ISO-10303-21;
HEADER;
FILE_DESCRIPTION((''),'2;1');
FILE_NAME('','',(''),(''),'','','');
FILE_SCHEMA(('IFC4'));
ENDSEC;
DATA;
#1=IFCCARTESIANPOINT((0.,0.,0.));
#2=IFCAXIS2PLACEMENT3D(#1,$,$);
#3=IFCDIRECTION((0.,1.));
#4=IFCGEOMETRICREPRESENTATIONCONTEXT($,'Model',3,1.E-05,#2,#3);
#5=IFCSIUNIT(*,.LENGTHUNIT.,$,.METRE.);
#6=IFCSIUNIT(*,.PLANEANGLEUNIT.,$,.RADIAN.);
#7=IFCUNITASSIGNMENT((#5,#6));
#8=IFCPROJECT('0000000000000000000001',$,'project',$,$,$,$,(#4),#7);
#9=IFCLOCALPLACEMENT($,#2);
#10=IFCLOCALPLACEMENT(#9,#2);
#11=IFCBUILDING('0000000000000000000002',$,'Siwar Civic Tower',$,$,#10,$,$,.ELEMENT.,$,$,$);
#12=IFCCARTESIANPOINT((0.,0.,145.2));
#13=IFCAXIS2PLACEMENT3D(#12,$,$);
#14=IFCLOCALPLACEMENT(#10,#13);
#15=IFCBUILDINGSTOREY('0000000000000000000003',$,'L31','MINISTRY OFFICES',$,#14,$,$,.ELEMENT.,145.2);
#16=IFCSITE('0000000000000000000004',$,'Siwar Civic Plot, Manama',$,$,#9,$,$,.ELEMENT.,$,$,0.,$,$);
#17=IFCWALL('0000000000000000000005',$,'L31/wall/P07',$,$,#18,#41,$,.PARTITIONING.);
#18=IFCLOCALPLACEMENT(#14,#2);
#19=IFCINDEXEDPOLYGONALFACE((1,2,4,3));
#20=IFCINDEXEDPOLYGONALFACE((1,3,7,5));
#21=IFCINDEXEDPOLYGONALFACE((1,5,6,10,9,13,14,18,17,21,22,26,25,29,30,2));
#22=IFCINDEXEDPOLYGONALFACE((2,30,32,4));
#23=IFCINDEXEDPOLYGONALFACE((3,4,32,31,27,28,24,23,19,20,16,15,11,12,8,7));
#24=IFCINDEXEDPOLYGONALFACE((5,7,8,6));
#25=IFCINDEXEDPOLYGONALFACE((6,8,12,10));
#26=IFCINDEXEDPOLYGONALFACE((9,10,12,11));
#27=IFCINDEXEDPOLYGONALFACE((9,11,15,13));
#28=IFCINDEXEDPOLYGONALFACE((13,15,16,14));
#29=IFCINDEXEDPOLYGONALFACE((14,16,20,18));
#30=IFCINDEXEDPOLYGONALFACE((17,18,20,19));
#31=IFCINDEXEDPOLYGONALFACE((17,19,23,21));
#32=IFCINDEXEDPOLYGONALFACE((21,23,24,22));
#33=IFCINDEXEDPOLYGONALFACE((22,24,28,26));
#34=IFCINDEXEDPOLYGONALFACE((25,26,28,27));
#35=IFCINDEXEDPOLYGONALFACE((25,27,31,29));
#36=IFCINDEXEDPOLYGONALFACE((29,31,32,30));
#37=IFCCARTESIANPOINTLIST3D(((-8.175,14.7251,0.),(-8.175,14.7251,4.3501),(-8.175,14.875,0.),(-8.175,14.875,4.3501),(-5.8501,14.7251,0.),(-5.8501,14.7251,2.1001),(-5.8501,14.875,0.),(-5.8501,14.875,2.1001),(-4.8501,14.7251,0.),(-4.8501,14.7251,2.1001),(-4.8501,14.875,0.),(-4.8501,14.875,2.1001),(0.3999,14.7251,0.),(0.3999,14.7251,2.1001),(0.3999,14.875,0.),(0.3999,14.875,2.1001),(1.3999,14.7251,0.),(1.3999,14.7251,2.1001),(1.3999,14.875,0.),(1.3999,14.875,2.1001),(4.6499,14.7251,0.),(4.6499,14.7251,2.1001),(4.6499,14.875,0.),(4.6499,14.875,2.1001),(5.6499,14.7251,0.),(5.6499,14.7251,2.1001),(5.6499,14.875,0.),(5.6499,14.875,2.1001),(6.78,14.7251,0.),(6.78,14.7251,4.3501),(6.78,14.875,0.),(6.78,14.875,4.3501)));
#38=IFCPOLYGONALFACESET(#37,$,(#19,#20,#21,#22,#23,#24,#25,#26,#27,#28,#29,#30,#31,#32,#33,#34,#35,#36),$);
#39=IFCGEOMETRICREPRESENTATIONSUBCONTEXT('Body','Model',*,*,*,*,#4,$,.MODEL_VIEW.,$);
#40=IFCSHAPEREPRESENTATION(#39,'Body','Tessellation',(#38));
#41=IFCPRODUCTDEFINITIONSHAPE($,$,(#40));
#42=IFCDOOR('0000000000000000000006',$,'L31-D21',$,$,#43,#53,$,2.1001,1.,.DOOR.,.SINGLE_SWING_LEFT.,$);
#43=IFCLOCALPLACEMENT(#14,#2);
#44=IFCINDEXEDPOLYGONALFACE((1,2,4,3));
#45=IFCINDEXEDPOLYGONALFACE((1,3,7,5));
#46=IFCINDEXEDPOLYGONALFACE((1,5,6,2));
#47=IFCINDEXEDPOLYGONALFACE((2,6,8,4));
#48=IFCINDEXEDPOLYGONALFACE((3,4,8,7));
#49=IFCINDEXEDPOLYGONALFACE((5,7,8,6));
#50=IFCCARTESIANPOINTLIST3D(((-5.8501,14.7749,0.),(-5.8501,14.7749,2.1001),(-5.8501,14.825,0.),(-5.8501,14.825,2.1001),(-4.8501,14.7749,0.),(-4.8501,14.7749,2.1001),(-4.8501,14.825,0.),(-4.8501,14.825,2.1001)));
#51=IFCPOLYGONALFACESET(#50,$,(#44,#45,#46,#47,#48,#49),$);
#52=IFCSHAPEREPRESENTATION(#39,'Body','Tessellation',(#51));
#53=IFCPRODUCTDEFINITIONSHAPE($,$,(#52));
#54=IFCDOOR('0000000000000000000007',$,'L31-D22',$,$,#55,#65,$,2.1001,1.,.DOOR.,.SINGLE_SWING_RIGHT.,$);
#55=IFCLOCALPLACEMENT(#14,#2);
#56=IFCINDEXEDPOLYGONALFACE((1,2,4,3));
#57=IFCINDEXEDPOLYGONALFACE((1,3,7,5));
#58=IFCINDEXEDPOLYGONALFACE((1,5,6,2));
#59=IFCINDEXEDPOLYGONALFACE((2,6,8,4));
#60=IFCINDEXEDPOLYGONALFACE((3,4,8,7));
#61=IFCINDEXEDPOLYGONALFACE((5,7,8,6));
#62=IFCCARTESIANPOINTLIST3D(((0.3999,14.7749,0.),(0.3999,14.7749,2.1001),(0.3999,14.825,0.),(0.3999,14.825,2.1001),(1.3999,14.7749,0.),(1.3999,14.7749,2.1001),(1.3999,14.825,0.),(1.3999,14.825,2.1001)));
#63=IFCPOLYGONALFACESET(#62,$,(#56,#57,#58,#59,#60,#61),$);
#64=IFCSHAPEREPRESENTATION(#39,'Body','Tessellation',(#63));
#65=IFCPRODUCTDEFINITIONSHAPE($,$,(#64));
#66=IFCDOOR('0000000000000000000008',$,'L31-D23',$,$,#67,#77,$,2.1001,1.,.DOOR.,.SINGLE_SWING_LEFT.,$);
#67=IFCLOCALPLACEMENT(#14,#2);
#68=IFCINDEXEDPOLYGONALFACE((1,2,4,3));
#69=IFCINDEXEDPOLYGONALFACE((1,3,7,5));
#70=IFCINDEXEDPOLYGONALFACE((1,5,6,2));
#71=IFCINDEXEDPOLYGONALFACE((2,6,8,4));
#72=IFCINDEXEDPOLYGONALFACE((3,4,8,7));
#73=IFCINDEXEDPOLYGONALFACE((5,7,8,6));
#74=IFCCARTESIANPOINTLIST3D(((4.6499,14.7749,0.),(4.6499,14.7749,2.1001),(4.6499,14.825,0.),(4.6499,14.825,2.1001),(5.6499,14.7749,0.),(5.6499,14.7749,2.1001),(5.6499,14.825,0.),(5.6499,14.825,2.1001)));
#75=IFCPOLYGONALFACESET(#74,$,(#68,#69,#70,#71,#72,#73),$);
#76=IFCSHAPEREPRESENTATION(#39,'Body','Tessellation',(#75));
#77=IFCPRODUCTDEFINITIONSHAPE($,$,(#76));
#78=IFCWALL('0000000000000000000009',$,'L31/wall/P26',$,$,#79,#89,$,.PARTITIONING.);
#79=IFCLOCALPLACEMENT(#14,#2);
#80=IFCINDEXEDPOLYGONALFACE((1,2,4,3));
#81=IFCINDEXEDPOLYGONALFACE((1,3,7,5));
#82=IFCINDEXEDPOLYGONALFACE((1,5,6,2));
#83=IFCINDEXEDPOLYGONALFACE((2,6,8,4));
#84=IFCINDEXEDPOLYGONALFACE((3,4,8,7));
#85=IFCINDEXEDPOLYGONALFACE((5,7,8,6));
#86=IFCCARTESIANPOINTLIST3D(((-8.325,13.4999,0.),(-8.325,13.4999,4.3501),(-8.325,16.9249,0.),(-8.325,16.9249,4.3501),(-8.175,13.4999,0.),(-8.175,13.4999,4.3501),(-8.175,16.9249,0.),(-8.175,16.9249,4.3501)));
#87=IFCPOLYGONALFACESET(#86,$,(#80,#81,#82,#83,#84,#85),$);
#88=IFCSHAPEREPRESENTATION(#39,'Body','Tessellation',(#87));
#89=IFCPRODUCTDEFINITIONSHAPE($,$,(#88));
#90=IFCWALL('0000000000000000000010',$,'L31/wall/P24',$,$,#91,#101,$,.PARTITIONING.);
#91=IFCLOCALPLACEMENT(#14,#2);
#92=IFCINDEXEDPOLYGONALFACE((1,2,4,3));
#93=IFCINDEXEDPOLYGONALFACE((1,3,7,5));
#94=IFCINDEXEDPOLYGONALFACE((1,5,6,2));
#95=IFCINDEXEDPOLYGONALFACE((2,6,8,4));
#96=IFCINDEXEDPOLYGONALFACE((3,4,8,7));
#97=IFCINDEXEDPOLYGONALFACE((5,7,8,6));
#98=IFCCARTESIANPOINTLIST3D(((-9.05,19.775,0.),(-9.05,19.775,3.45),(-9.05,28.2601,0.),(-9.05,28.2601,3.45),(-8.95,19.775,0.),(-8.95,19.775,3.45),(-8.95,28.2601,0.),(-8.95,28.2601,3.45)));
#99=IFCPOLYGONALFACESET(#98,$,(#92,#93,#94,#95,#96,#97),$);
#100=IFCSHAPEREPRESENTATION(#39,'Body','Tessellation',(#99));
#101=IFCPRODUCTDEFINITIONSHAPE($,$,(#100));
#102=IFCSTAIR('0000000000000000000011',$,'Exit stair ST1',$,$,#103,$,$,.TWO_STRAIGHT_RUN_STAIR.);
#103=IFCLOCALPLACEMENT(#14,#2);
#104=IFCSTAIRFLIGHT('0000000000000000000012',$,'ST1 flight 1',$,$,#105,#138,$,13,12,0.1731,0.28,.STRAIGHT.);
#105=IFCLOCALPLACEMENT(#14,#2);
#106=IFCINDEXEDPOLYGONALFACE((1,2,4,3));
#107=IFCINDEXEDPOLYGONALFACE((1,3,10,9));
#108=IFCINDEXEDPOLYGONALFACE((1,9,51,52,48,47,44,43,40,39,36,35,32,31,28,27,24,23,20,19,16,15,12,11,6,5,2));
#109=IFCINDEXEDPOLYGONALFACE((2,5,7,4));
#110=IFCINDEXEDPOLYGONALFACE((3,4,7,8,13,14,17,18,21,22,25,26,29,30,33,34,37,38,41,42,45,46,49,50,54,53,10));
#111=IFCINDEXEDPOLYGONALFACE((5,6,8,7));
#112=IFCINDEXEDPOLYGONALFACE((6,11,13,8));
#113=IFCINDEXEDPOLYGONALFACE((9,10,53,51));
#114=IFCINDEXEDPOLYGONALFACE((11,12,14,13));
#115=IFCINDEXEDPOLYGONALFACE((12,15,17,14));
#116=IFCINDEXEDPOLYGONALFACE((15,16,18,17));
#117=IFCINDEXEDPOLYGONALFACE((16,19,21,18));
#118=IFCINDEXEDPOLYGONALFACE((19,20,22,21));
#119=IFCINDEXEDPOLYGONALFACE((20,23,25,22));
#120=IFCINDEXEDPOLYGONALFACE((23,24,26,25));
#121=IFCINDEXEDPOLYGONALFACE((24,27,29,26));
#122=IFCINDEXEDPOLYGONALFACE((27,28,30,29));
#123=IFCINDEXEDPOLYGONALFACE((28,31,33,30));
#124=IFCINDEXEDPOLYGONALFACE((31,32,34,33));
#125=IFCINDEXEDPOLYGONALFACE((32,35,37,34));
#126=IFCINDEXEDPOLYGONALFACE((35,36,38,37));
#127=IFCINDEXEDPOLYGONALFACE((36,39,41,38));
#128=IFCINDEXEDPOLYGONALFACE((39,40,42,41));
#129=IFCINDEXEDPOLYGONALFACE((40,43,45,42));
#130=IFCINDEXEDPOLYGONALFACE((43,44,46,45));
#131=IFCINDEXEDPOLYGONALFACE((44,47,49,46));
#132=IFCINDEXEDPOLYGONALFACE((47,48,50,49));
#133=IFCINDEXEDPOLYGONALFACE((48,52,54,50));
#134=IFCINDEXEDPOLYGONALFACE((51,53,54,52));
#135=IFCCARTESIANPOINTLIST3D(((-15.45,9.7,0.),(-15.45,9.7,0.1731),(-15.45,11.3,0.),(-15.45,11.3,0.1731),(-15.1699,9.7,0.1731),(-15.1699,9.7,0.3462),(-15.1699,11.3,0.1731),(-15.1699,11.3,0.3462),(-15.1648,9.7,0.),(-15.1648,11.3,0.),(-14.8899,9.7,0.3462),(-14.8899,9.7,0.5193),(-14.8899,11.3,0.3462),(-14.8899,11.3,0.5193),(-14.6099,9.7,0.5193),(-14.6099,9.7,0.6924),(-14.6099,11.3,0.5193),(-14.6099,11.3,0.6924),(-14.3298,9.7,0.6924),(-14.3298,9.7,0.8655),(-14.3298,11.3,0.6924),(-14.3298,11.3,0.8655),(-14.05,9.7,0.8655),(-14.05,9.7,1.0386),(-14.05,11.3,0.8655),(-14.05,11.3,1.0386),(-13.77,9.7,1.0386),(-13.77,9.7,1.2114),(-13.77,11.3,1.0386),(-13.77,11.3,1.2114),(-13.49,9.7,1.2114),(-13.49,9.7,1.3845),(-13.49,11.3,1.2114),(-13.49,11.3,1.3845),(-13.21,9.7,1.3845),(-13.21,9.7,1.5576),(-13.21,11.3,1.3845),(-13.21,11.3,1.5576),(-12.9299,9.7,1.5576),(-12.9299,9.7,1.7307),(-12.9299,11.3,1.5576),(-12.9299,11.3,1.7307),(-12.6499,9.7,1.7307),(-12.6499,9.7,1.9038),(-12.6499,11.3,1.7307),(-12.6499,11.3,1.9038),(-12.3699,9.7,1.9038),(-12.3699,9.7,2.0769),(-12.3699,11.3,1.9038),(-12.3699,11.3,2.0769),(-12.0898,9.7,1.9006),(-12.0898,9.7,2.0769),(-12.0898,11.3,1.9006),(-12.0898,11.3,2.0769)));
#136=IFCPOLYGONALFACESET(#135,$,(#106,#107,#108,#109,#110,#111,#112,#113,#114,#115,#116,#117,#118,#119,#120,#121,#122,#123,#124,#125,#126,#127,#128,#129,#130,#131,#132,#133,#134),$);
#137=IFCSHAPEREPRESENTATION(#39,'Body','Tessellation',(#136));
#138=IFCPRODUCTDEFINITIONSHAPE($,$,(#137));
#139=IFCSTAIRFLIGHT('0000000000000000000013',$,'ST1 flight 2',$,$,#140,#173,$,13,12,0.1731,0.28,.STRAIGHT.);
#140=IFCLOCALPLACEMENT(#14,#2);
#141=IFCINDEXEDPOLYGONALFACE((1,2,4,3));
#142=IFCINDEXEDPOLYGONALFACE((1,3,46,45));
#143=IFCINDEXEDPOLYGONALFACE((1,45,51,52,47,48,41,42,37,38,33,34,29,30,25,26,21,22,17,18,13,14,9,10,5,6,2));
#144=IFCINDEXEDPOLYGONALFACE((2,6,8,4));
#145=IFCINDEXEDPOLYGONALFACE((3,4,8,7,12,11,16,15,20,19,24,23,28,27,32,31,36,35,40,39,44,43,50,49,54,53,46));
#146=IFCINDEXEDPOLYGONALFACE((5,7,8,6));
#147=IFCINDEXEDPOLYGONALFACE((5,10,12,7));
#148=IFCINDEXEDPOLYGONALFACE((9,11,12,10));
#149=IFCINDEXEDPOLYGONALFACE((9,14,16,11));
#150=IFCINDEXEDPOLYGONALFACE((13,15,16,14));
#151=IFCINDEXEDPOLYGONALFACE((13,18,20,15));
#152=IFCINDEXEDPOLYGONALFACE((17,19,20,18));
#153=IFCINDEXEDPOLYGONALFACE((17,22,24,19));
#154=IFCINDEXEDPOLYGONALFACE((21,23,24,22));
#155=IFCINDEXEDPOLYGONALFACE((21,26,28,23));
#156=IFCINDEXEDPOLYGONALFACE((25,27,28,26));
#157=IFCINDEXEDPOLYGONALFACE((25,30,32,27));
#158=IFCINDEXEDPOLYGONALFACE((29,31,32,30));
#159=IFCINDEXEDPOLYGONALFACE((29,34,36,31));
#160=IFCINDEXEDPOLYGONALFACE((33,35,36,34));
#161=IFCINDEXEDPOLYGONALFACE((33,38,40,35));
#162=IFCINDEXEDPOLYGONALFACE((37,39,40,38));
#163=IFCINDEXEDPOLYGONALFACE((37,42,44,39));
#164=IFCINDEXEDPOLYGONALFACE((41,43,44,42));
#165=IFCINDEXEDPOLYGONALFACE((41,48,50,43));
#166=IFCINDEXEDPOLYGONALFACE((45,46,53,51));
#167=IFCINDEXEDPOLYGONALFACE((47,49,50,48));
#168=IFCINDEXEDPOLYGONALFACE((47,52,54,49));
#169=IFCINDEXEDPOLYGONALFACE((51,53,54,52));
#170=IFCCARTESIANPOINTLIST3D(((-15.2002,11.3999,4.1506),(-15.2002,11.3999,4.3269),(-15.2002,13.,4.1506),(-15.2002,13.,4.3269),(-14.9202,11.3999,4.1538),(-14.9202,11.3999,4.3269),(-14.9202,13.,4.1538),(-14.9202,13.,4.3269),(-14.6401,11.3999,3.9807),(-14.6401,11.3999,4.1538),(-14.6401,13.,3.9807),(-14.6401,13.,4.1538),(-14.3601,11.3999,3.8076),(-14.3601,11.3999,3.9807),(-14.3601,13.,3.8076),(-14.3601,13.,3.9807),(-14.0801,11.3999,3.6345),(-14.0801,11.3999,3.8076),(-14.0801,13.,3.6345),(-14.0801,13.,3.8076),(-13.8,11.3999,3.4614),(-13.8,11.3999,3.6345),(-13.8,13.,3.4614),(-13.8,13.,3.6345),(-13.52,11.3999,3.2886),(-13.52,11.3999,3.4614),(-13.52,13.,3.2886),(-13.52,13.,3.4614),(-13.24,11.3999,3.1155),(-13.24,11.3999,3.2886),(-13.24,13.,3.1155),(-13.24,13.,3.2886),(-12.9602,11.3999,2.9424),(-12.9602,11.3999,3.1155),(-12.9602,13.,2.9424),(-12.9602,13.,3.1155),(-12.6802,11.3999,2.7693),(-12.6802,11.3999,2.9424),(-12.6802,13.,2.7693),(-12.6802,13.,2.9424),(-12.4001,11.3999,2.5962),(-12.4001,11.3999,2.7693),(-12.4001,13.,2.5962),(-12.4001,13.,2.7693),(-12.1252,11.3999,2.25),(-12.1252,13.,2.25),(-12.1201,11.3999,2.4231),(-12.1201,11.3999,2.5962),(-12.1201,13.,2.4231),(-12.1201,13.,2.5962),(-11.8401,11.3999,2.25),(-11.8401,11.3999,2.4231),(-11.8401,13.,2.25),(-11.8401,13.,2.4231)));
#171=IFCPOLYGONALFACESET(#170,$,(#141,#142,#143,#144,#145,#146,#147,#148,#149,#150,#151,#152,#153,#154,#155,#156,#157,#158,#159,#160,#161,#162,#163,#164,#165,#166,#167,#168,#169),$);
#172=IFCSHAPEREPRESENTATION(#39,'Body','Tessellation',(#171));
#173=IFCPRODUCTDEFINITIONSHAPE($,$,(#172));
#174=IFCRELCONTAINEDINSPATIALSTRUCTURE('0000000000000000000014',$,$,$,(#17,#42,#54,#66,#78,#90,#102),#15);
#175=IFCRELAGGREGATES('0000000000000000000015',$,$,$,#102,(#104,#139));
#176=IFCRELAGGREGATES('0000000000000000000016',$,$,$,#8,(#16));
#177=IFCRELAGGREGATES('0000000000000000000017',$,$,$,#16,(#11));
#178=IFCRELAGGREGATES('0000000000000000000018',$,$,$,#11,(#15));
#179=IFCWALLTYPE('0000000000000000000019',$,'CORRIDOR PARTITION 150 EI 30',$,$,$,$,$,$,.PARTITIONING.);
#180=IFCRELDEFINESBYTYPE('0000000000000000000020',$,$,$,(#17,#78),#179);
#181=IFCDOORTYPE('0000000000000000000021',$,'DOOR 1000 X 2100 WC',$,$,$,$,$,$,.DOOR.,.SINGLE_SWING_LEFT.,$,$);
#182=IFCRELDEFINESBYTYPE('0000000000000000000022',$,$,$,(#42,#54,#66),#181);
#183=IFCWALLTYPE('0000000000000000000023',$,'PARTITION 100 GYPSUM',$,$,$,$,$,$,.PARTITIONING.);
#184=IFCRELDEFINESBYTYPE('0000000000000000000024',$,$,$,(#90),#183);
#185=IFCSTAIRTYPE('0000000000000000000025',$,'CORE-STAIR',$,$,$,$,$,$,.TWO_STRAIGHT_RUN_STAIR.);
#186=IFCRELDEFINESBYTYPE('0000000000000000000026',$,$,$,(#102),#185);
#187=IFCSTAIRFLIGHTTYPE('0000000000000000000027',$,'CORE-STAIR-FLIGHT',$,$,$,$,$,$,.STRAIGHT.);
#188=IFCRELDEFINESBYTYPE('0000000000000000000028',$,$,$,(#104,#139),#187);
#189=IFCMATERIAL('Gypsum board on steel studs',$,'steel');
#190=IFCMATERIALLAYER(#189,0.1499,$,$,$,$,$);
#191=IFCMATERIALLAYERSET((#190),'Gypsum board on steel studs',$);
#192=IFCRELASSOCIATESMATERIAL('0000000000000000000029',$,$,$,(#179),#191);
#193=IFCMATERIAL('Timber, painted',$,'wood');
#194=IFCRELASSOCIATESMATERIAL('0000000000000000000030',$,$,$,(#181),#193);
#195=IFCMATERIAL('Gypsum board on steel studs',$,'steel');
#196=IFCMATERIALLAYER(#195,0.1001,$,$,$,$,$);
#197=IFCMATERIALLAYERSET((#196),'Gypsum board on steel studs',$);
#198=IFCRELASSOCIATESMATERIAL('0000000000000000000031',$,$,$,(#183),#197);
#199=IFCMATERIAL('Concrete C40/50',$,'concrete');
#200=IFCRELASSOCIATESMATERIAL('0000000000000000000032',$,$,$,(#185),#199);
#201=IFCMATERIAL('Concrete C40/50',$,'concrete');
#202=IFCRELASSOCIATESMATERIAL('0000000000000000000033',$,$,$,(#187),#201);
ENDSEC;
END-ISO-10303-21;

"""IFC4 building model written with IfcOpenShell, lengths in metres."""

from ifc_helpers import new_model, si_unit, direction, frame, frame_2d, origin, place, context, subcontext, project, spatial, polyline, rectangle, outline, extrude, material, layer, layer_set, type_object, element, fill, aggregate, save


model = new_model("IFC4")

# Units and contexts
model_context = context("Model", 3, precision=1e-05, world=origin(), true_north=direction((0.0, 1.0)))
body_context = subcontext(model_context, "Body", "Model", "MODEL_VIEW")
ifc_project = project(units=[si_unit("LENGTHUNIT", "METRE"), si_unit("PLANEANGLEUNIT", "RADIAN")], contexts=[model_context])

# Site, building, storey
site_placement = place(None, origin())
site = spatial("IfcSite", under=ifc_project, at=site_placement, Name="Siwar Civic Plot, Manama", CompositionType="ELEMENT", RefElevation=0.0)
building_placement = place(site_placement, origin())
building = spatial("IfcBuilding", under=site, at=building_placement, Name="Siwar Civic Tower", CompositionType="ELEMENT")
storey_placement = place(building_placement, frame((0.0, 0.0, 145.2)))
storey = spatial("IfcBuildingStorey", under=building, at=storey_placement, Name="L31", Description="MINISTRY OFFICES", CompositionType="ELEMENT", Elevation=145.2)

# Wall, openings, doors
ifc_material_1 = material(Name="Gypsum board on steel studs", Category="steel")
ifc_layer_1 = layer(ifc_material_1, 0.1499)
ifc_layer_set_1 = layer_set([ifc_layer_1], Name="Gypsum board on steel studs")
wall_type_1 = type_object("IfcWallType", Name="CORRIDOR PARTITION 150 EI 30", PredefinedType="PARTITIONING", material=ifc_layer_set_1)
wall_1_placement = place(storey_placement, frame((-8.175, 14.8, 0.0), z_axis=(0.0, 0.0, 1.0), x_axis=(1.0, 0.0, 0.0)))
wall_1 = element("IfcWall", 1, at=wall_1_placement, inside=storey, type_object=wall_type_1, Name="L31/wall/P07", PredefinedType="PARTITIONING", context=body_context, shape_type="SweptSolid", body=[
    extrude(rectangle(XDim=14.9551, YDim=0.1499, at=frame_2d((7.4775, 0.0))), origin(), (0.0, 0.0, 1.0), 4.3501),
])
opening_1_placement = place(wall_1_placement, frame((2.325, 0.0, 0.0)))
opening_1 = element("IfcOpeningElement", 2, at=opening_1_placement, cuts=wall_1, PredefinedType="OPENING", context=body_context, shape_type="SweptSolid", body=[
    extrude(rectangle(XDim=1.0, YDim=2.1001, at=frame_2d((0.5, 1.05))), frame((0.0, 0.085, 0.0), z_axis=(0.0, -1.0, 0.0), x_axis=(1.0, 0.0, 0.0)), (0.0, 0.0, 1.0), 0.1699),
])
opening_2_placement = place(wall_1_placement, frame((8.575, 0.0, 0.0)))
opening_2 = element("IfcOpeningElement", 3, at=opening_2_placement, cuts=wall_1, PredefinedType="OPENING", context=body_context, shape_type="SweptSolid", body=[
    extrude(rectangle(XDim=1.0, YDim=2.1001, at=frame_2d((0.5, 1.05))), frame((0.0, 0.085, 0.0), z_axis=(0.0, -1.0, 0.0), x_axis=(1.0, 0.0, 0.0)), (0.0, 0.0, 1.0), 0.1699),
])
opening_3_placement = place(wall_1_placement, frame((12.825, 0.0, 0.0)))
opening_3 = element("IfcOpeningElement", 4, at=opening_3_placement, cuts=wall_1, PredefinedType="OPENING", context=body_context, shape_type="SweptSolid", body=[
    extrude(rectangle(XDim=1.0, YDim=2.1001, at=frame_2d((0.5, 1.05))), frame((0.0, 0.085, 0.0), z_axis=(0.0, -1.0, 0.0), x_axis=(1.0, 0.0, 0.0)), (0.0, 0.0, 1.0), 0.1699),
])
ifc_material_2 = material(Name="Timber, painted", Category="wood")
door_type_1 = type_object("IfcDoorType", Name="DOOR 1000 X 2100 WC", OperationType="SINGLE_SWING_LEFT", PredefinedType="DOOR", material=ifc_material_2)
door_1_placement = place(opening_1_placement, origin())
door_1 = element("IfcDoor", 5, at=door_1_placement, inside=storey, type_object=door_type_1, Name="L31-D21", OperationType="SINGLE_SWING_LEFT", OverallHeight=2.1001, OverallWidth=1.0, PredefinedType="DOOR", context=body_context, shape_type="SweptSolid", body=[
    extrude(rectangle(XDim=1.0, YDim=2.1001, at=frame_2d((0.5, 1.05))), frame((0.0, 0.0249, 0.0), z_axis=(0.0, -1.0, 0.0), x_axis=(1.0, 0.0, 0.0)), (0.0, 0.0, 1.0), 0.05),
])
fill(opening_1, door_1)
door_2_placement = place(opening_2_placement, origin())
door_2 = element("IfcDoor", 6, at=door_2_placement, inside=storey, type_object=door_type_1, Name="L31-D22", OperationType="SINGLE_SWING_RIGHT", OverallHeight=2.1001, OverallWidth=1.0, PredefinedType="DOOR", context=body_context, shape_type="SweptSolid", body=[
    extrude(rectangle(XDim=1.0, YDim=2.1001, at=frame_2d((0.5, 1.05))), frame((0.0, 0.0249, 0.0), z_axis=(0.0, -1.0, 0.0), x_axis=(1.0, 0.0, 0.0)), (0.0, 0.0, 1.0), 0.05),
])
fill(opening_2, door_2)
door_3_placement = place(opening_3_placement, origin())
door_3 = element("IfcDoor", 7, at=door_3_placement, inside=storey, type_object=door_type_1, Name="L31-D23", OperationType="SINGLE_SWING_LEFT", OverallHeight=2.1001, OverallWidth=1.0, PredefinedType="DOOR", context=body_context, shape_type="SweptSolid", body=[
    extrude(rectangle(XDim=1.0, YDim=2.1001, at=frame_2d((0.5, 1.05))), frame((0.0, 0.0249, 0.0), z_axis=(0.0, -1.0, 0.0), x_axis=(1.0, 0.0, 0.0)), (0.0, 0.0, 1.0), 0.05),
])
fill(opening_3, door_3)

# Walls
wall_2_placement = place(storey_placement, frame((-8.25, 13.5, 0.0), z_axis=(0.0, 0.0, 1.0), x_axis=(0.0, 1.0, 0.0)))
element("IfcWall", 8, at=wall_2_placement, inside=storey, type_object=wall_type_1, Name="L31/wall/P26", PredefinedType="PARTITIONING", context=body_context, shape_type="SweptSolid", body=[
    extrude(rectangle(XDim=3.425, YDim=0.1499, at=frame_2d((1.7124, 0.0))), origin(), (0.0, 0.0, 1.0), 4.3501),
])
ifc_material_3 = material(Name="Gypsum board on steel studs", Category="steel")
ifc_layer_2 = layer(ifc_material_3, 0.1001)
ifc_layer_set_2 = layer_set([ifc_layer_2], Name="Gypsum board on steel studs")
wall_type_2 = type_object("IfcWallType", Name="PARTITION 100 GYPSUM", PredefinedType="PARTITIONING", material=ifc_layer_set_2)
wall_3_placement = place(storey_placement, frame((-9.0, 19.7749, 0.0), z_axis=(0.0, 0.0, 1.0), x_axis=(0.0, 1.0, 0.0)))
element("IfcWall", 9, at=wall_3_placement, inside=storey, type_object=wall_type_2, Name="L31/wall/P24", PredefinedType="PARTITIONING", context=body_context, shape_type="SweptSolid", body=[
    extrude(rectangle(XDim=8.4851, YDim=0.1001, at=frame_2d((4.2427, 0.0))), origin(), (0.0, 0.0, 1.0), 3.45),
])

# Stair, stair flights
ifc_material_4 = material(Name="Concrete C40/50", Category="concrete")
stair_type = type_object("IfcStairType", Name="CORE-STAIR", PredefinedType="TWO_STRAIGHT_RUN_STAIR", material=ifc_material_4)
stair_placement = place(storey_placement, origin())
stair = element("IfcStair", 10, at=stair_placement, inside=storey, type_object=stair_type, Name="Exit stair ST1", PredefinedType="TWO_STRAIGHT_RUN_STAIR")
ifc_material_5 = material(Name="Concrete C40/50", Category="concrete")
stair_flight_type = type_object("IfcStairFlightType", Name="CORE-STAIR-FLIGHT", PredefinedType="STRAIGHT", material=ifc_material_5)
stair_flight_1_placement = place(storey_placement, frame((-15.45, 10.5, 0.0), z_axis=(0.0, 0.0, 1.0), x_axis=(1.0, 0.0, 0.0)))
stair_flight_1 = element("IfcStairFlight", 11, at=stair_flight_1_placement, type_object=stair_flight_type, Name="ST1 flight 1", NumberOfRisers=13, NumberOfTreads=12, PredefinedType="STRAIGHT", RiserHeight=0.1731, TreadLength=0.28, context=body_context, shape_type="SweptSolid", body=[
    extrude(outline(polyline([(0.0, 0.0), (0.0, 0.1731), (0.28, 0.1731), (0.28, 0.3462), (0.5601, 0.3462), (0.5601, 0.5193), (0.8401, 0.5193), (0.8401, 0.6924), (1.1201, 0.6924), (1.1201, 0.8655), (1.3999, 0.8655), (1.3999, 1.0386), (1.6799, 1.0386), (1.6799, 1.2114), (1.96, 1.2114), (1.96, 1.3845), (2.24, 1.3845), (2.24, 1.5576), (2.52, 1.5576), (2.52, 1.7307), (2.8, 1.7307), (2.8, 1.9038), (3.0801, 1.9038), (3.0801, 2.0769), (3.3601, 2.0769), (3.3601, 2.25), (3.3601, 1.9006), (0.2852, 0.0), (0.0, 0.0)])), frame((0.0, 0.8, 0.0), z_axis=(0.0, -1.0, 0.0), x_axis=(1.0, 0.0, 0.0)), (0.0, 0.0, 1.0), 1.6001),
])
stair_flight_2_placement = place(storey_placement, frame((-11.8401, 12.2, 2.25), z_axis=(0.0, 0.0, 1.0), x_axis=(-1.0, 0.0, 0.0)))
stair_flight_2 = element("IfcStairFlight", 12, at=stair_flight_2_placement, type_object=stair_flight_type, Name="ST1 flight 2", NumberOfRisers=13, NumberOfTreads=12, PredefinedType="STRAIGHT", RiserHeight=0.1731, TreadLength=0.28, context=body_context, shape_type="SweptSolid", body=[
    extrude(outline(polyline([(0.0, 0.0), (0.0, 0.1731), (0.28, 0.1731), (0.28, 0.3462), (0.5601, 0.3462), (0.5601, 0.5193), (0.8401, 0.5193), (0.8401, 0.6924), (1.1201, 0.6924), (1.1201, 0.8655), (1.3999, 0.8655), (1.3999, 1.0386), (1.6799, 1.0386), (1.6799, 1.2114), (1.96, 1.2114), (1.96, 1.3845), (2.24, 1.3845), (2.24, 1.5576), (2.52, 1.5576), (2.52, 1.7307), (2.8, 1.7307), (2.8, 1.9038), (3.0801, 1.9038), (3.0801, 2.0769), (3.3601, 2.0769), (3.3601, 2.25), (3.3601, 1.9006), (0.2852, 0.0), (0.0, 0.0)])), frame((0.0, 0.8, 0.0), z_axis=(0.0, -1.0, 0.0), x_axis=(1.0, 0.0, 0.0)), (0.0, 0.0, 1.0), 1.6001),
])
aggregate(stair, [stair_flight_1, stair_flight_2])

save(model, "model.ifc")
